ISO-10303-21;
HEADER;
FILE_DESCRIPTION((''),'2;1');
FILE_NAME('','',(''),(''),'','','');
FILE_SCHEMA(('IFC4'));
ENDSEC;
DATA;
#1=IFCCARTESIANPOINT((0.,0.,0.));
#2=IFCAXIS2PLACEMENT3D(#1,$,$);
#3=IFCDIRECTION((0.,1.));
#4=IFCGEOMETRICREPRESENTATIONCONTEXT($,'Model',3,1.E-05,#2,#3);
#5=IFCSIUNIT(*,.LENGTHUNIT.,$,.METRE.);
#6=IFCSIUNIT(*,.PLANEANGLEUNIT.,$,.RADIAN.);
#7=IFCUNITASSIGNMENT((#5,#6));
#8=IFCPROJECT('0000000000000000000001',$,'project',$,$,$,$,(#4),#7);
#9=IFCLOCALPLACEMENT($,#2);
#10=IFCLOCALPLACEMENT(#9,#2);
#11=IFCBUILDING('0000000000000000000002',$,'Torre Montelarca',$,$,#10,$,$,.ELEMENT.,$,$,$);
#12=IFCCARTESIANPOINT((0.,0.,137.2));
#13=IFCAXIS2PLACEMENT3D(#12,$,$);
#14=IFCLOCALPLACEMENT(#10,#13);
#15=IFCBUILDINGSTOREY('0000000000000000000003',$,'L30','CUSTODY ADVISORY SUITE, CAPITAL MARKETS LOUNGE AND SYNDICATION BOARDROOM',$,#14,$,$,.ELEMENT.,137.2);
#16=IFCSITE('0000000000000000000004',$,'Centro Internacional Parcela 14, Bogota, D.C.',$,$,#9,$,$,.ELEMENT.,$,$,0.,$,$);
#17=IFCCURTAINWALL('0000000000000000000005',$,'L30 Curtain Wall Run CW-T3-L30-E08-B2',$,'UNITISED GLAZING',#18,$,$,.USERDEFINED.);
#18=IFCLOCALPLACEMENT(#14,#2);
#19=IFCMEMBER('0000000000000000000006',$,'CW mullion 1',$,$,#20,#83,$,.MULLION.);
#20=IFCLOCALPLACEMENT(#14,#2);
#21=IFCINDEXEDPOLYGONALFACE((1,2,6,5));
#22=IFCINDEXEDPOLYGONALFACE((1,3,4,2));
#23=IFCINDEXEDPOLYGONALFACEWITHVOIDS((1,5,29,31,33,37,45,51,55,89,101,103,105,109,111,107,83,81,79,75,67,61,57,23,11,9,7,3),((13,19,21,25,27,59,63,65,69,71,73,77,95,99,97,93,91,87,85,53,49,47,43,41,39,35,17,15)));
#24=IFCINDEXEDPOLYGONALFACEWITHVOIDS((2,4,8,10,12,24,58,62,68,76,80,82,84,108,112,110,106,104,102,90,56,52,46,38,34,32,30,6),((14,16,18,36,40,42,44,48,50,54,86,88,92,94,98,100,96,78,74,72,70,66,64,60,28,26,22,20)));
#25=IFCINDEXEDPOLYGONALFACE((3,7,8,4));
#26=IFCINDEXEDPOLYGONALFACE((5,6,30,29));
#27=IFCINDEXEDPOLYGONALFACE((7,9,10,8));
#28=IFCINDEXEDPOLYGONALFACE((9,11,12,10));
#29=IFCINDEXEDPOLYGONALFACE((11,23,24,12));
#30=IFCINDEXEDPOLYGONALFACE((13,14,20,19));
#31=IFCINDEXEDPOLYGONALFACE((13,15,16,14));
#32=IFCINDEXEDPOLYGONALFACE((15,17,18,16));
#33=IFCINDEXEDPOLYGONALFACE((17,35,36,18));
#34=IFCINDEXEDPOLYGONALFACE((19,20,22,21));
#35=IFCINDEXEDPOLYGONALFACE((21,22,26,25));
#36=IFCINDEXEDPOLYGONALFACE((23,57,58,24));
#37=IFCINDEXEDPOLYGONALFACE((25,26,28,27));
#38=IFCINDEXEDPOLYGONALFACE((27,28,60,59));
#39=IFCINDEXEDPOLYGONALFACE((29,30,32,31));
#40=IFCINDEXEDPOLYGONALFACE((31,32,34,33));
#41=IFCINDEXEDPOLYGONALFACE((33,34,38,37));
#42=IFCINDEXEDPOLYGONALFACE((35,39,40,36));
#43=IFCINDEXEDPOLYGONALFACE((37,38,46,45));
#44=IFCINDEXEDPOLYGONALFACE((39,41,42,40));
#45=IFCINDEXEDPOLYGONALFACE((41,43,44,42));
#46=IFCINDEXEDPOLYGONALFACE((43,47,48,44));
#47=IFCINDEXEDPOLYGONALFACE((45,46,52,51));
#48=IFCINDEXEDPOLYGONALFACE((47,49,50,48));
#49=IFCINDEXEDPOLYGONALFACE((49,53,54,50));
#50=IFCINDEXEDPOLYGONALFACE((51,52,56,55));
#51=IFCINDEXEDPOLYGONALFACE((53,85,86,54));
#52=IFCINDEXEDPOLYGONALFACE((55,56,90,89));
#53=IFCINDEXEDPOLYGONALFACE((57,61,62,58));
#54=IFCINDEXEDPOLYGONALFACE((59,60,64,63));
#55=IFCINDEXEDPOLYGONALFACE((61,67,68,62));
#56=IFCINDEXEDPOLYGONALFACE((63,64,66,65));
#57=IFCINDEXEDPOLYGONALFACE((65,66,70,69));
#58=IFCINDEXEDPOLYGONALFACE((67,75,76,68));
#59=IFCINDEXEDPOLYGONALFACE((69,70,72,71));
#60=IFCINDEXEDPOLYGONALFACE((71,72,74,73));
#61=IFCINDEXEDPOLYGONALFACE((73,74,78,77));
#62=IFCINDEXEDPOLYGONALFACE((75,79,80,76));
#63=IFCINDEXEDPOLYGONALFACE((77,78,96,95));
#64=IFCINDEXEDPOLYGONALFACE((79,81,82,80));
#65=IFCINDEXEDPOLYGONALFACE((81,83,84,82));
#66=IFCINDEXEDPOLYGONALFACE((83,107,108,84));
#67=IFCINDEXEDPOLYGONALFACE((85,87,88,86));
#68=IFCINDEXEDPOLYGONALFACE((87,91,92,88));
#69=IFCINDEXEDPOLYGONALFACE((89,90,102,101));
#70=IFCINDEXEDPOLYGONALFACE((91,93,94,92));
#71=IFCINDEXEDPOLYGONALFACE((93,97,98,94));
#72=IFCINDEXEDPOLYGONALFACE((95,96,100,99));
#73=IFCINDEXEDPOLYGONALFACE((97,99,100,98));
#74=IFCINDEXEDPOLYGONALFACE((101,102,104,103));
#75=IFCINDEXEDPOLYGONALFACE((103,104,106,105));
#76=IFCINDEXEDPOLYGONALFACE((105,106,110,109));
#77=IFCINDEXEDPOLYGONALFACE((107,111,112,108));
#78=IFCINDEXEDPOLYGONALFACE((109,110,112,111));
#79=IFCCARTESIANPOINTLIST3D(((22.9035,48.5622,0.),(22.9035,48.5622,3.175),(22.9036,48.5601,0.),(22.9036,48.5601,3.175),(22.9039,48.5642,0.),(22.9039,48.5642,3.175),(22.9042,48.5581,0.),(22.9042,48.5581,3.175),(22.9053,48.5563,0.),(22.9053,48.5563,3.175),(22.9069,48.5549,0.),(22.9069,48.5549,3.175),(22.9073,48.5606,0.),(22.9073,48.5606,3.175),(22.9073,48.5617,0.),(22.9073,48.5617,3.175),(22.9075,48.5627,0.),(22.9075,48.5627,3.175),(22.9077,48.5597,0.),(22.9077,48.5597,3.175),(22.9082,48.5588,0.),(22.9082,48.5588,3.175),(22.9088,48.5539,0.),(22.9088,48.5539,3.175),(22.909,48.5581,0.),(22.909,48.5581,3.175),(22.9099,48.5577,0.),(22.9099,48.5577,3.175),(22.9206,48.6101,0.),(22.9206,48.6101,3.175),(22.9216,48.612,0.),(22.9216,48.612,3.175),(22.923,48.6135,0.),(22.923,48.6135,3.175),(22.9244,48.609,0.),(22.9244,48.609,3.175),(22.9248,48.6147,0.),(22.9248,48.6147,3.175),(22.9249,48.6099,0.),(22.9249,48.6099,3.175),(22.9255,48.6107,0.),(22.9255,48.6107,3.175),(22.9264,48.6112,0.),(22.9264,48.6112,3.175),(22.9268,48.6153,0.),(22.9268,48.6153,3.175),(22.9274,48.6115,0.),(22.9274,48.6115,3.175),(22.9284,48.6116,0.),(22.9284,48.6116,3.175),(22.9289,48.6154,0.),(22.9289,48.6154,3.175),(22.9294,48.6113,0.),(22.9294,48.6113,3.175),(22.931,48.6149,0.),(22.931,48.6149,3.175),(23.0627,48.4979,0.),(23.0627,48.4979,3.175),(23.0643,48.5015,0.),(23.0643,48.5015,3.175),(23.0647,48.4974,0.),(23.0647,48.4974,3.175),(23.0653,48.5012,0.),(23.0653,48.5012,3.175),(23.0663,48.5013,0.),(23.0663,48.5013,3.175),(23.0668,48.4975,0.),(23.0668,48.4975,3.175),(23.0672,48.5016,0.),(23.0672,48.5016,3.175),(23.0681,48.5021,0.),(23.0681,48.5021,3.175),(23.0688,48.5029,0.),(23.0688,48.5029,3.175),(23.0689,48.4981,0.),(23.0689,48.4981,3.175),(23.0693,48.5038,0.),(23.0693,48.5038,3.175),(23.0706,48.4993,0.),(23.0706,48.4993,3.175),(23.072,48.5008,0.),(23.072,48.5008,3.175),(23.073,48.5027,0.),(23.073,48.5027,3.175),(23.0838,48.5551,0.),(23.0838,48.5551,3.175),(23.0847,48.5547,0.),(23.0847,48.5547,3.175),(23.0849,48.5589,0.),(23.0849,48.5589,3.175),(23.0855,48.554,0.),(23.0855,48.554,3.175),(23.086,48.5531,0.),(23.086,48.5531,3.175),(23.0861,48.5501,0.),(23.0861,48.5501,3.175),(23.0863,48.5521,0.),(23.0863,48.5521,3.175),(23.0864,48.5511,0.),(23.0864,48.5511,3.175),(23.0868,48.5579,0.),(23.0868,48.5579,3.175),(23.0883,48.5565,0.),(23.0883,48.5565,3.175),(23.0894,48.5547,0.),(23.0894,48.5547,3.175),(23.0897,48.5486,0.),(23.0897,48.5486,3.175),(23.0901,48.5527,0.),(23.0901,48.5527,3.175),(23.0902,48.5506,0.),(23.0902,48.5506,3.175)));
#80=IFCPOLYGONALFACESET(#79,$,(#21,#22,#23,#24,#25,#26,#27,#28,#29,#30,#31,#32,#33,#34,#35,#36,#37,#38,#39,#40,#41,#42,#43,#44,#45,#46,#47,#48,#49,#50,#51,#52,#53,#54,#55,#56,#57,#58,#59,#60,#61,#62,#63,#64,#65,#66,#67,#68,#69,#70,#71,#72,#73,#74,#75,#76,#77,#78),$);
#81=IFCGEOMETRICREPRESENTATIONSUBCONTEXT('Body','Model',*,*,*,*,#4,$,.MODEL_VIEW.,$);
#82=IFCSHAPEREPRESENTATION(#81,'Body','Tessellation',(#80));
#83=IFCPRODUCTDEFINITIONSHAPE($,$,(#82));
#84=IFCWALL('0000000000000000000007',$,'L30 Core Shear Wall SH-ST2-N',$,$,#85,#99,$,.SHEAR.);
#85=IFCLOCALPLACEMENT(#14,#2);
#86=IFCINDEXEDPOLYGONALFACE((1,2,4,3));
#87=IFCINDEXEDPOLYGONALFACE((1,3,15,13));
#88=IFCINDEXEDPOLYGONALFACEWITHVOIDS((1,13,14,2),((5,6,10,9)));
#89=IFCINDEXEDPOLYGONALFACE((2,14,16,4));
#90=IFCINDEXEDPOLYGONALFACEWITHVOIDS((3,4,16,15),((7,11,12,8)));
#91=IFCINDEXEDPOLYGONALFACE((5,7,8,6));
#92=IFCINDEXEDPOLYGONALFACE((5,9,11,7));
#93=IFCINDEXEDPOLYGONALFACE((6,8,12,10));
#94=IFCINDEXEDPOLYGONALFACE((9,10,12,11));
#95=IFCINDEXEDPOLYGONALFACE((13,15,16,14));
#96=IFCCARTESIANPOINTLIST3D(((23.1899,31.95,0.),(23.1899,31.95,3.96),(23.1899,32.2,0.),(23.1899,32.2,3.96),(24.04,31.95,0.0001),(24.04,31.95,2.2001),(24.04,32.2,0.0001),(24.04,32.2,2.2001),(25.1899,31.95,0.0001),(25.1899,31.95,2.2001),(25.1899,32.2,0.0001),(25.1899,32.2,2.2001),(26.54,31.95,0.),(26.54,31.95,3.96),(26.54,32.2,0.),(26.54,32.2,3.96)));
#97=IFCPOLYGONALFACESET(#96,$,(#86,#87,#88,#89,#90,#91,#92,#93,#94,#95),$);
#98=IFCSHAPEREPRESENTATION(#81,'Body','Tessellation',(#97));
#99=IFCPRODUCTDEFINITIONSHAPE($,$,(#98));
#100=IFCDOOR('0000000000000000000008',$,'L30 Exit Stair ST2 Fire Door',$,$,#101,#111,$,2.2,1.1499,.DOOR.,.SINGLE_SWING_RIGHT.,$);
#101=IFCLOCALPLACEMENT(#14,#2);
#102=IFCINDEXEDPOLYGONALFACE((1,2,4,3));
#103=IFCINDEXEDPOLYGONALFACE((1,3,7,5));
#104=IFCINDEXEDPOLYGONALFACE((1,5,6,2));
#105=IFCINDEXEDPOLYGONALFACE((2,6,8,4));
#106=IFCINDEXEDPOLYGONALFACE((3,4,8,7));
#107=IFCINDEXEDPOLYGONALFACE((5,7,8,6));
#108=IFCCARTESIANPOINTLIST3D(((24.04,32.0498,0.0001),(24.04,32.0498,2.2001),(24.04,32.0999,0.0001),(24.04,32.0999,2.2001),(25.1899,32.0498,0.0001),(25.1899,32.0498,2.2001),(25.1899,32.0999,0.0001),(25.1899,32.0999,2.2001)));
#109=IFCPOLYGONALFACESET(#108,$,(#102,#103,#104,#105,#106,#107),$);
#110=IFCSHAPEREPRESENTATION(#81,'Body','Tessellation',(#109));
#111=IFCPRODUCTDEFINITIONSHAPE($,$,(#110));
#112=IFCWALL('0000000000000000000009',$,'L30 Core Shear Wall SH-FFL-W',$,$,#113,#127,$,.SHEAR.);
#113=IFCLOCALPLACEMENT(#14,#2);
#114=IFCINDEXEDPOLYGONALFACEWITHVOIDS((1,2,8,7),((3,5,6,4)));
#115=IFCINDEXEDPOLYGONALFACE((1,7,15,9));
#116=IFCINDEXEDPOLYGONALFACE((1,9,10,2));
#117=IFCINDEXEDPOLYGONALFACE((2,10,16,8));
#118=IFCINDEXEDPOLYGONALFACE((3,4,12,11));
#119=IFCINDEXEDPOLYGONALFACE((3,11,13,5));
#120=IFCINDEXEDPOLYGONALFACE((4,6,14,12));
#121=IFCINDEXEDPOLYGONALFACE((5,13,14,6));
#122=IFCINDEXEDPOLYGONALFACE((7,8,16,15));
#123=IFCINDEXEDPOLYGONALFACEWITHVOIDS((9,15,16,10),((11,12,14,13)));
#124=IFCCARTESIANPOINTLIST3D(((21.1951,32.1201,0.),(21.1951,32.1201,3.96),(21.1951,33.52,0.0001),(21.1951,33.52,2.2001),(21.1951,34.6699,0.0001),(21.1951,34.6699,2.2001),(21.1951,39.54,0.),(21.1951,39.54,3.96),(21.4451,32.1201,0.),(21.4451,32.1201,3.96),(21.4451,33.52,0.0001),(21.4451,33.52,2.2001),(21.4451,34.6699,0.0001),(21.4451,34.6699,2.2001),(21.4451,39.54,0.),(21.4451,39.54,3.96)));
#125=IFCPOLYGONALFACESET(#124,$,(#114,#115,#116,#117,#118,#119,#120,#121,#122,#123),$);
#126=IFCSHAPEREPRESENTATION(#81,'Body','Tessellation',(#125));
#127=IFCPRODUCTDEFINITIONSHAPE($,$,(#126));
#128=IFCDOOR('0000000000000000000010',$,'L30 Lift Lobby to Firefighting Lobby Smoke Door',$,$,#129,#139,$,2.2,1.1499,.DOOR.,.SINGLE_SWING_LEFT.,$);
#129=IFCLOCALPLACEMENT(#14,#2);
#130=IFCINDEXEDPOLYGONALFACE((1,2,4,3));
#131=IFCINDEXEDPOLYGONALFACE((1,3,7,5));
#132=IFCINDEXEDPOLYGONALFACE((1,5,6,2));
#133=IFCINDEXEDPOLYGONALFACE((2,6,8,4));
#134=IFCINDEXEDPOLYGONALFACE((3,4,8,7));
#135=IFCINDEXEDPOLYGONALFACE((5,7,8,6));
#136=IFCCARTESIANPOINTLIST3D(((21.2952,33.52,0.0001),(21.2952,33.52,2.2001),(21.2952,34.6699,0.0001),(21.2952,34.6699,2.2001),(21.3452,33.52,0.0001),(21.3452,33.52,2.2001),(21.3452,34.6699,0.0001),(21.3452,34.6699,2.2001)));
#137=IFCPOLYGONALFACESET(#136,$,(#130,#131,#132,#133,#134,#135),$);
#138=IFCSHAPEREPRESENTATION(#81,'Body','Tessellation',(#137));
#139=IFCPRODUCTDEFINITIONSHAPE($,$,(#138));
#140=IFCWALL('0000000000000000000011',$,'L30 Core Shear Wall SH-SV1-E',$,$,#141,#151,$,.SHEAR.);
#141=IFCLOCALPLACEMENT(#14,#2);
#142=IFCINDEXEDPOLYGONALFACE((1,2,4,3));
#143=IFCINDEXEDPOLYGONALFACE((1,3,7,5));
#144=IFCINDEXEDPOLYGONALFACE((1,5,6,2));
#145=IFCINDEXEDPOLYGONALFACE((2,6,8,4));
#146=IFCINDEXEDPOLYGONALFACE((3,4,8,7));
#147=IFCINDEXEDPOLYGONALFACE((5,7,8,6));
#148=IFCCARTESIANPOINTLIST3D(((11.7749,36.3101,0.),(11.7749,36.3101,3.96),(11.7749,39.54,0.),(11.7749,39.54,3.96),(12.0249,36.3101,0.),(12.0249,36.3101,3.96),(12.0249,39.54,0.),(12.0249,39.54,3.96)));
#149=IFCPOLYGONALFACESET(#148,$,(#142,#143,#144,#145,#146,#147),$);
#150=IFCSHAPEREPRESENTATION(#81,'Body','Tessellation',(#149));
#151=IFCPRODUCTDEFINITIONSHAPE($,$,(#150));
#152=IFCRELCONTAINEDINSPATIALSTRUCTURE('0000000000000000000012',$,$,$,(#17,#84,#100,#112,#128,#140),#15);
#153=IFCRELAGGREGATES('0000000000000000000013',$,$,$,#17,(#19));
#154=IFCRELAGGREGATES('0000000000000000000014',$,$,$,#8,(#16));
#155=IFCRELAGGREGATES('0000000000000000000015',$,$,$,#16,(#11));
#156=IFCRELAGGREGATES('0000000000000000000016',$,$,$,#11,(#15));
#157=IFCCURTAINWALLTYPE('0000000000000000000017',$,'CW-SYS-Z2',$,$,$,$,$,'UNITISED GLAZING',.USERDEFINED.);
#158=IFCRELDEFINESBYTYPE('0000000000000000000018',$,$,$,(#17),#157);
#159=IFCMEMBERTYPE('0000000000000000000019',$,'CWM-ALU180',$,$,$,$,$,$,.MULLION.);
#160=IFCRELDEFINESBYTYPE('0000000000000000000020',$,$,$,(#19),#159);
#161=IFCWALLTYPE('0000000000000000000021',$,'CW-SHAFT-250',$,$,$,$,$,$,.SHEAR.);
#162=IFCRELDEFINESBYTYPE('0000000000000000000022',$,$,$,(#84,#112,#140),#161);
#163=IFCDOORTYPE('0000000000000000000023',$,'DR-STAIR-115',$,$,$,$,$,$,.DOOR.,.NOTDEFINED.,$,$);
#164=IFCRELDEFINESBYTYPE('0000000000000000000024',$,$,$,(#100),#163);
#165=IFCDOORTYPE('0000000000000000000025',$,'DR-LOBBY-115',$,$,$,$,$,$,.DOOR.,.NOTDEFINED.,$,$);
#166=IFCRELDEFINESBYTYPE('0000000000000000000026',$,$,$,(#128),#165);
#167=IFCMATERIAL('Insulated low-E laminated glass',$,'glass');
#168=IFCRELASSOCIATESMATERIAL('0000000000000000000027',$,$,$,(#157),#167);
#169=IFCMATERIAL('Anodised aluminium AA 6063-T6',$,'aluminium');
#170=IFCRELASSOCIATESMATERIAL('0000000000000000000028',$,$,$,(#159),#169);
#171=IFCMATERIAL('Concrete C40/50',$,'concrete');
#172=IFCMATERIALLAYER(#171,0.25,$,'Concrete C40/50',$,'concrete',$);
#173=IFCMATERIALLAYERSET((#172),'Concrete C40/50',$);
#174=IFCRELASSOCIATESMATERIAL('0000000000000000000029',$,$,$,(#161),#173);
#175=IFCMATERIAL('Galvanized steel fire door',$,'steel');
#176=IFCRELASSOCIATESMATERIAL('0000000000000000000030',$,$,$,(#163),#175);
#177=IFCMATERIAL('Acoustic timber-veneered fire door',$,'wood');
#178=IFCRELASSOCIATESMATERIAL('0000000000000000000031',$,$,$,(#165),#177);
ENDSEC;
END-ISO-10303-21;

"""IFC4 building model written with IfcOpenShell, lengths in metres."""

from ifc_helpers import new_model, si_unit, direction, frame, frame_2d, origin, origin_2d, place, context, subcontext, project, spatial, rectangle, hollow_rectangle, extrude, source, transform, mapped, material, layer, layer_set, material_profile, profile_set, type_object, element, fill, aggregate, save


model = new_model("IFC4")

# Units and contexts
model_context = context("Model", 3, precision=1e-05, world=origin(), true_north=direction((0.0, 1.0)))
body_context = subcontext(model_context, "Body", "Model", "MODEL_VIEW")
ifc_project = project(units=[si_unit("LENGTHUNIT", "METRE"), si_unit("PLANEANGLEUNIT", "RADIAN")], contexts=[model_context])

# Site, building, storey
site_placement = place(None, origin())
site = spatial("IfcSite", under=ifc_project, at=site_placement, Name="Centro Internacional Parcela 14, Bogota, D.C.", CompositionType="ELEMENT", RefElevation=0.0)
building_placement = place(site_placement, origin())
building = spatial("IfcBuilding", under=site, at=building_placement, Name="Torre Montelarca", CompositionType="ELEMENT")
storey_placement = place(building_placement, frame((0.0, 0.0, 137.2)))
storey = spatial("IfcBuildingStorey", under=building, at=storey_placement, Name="L30", Description="CUSTODY ADVISORY SUITE, CAPITAL MARKETS LOUNGE AND SYNDICATION BOARDROOM", CompositionType="ELEMENT", Elevation=137.2)

# Curtain wall, member
ifc_material_1 = material(Name="Insulated low-E laminated glass", Category="glass")
curtain_wall_type = type_object("IfcCurtainWallType", Name="CW-SYS-Z2", ElementType="UNITISED GLAZING", PredefinedType="USERDEFINED", material=ifc_material_1)
curtain_wall_placement = place(storey_placement, origin())
curtain_wall = element("IfcCurtainWall", 1, at=curtain_wall_placement, inside=storey, type_object=curtain_wall_type, Name="L30 Curtain Wall Run CW-T3-L30-E08-B2", ObjectType="UNITISED GLAZING", PredefinedType="USERDEFINED")
ifc_material_2 = material(Name="Anodised aluminium AA 6063-T6", Category="aluminium")
ifc_material_profile = material_profile(ifc_material_2, hollow_rectangle(XDim=0.0649, YDim=0.1799, WallThickness=0.0039, InnerFilletRadius=0.0039, OuterFilletRadius=0.0081, at=origin_2d()), Name="ALU65X180X4", Category="aluminium")
ifc_profile_set = profile_set([ifc_material_profile], Name="Anodised aluminium AA 6063-T6")
member_type = type_object("IfcMemberType", Name="CWM-ALU180", PredefinedType="MULLION", material=ifc_profile_set)
shared_shape_1 = source(origin(), body_context, "Body", "SweptSolid", [
    extrude(hollow_rectangle(XDim=0.0649, YDim=0.1799, WallThickness=0.0039, InnerFilletRadius=0.0039, OuterFilletRadius=0.0081, at=origin_2d()), origin(), (0.0, 0.0, 1.0), 3.175),
])
member_placement = place(storey_placement, frame((22.9968, 48.5564, 0.0), z_axis=(0.0, 0.0, 1.0), x_axis=(-0.342016, -0.939694, 0.0)))
member = element("IfcMember", 2, at=member_placement, type_object=member_type, Name="CW mullion 1", PredefinedType="MULLION", context=body_context, shape_type="MappedRepresentation", body=[
    mapped(shared_shape_1, transform((0.0, 0.0, 0.0), scale=1.0)),
])
aggregate(curtain_wall, [member])

# Walls, openings, doors
ifc_material_3 = material(Name="Concrete C40/50", Category="concrete")
ifc_layer_1 = layer(ifc_material_3, 0.25, Name="Concrete C40/50", Category="concrete")
ifc_layer_set_1 = layer_set([ifc_layer_1], Name="Concrete C40/50")
wall_type_1 = type_object("IfcWallType", Name="CW-SHAFT-250", PredefinedType="SHEAR", material=ifc_layer_set_1)
wall_1_placement = place(storey_placement, frame((23.1899, 32.075, 0.0), z_axis=(0.0, 0.0, 1.0), x_axis=(1.0, 0.0, 0.0)))
wall_1 = element("IfcWall", 3, at=wall_1_placement, inside=storey, type_object=wall_type_1, Name="L30 Core Shear Wall SH-ST2-N", PredefinedType="SHEAR", context=body_context, shape_type="SweptSolid", body=[
    extrude(rectangle(XDim=3.3501, YDim=0.25, at=frame_2d((1.675, 0.0))), origin(), (0.0, 0.0, 1.0), 3.96),
])
opening_1_placement = place(wall_1_placement, frame((0.8501, 0.0, 0.0)))
opening_1 = element("IfcOpeningElement", 4, at=opening_1_placement, cuts=wall_1, PredefinedType="OPENING", context=body_context, shape_type="SweptSolid", body=[
    extrude(rectangle(XDim=1.1499, YDim=2.2, at=frame_2d((0.575, 1.1001))), frame((0.0, 0.135, 0.0), z_axis=(0.0, -1.0, 0.0), x_axis=(1.0, 0.0, 0.0)), (0.0, 0.0, 1.0), 0.27),
])
ifc_material_4 = material(Name="Galvanized steel fire door", Category="steel")
door_type_1 = type_object("IfcDoorType", Name="DR-STAIR-115", OperationType="NOTDEFINED", PredefinedType="DOOR", material=ifc_material_4)
shared_shape_2 = source(origin(), body_context, "Body", "SweptSolid", [
    extrude(rectangle(XDim=1.1499, YDim=2.2, at=frame_2d((0.575, 1.1001))), frame((0.0, 0.0249, 0.0), z_axis=(0.0, -1.0, 0.0), x_axis=(1.0, 0.0, 0.0)), (0.0, 0.0, 1.0), 0.05),
])
door_1_placement = place(opening_1_placement, origin())
door_1 = element("IfcDoor", 5, at=door_1_placement, inside=storey, type_object=door_type_1, Name="L30 Exit Stair ST2 Fire Door", OperationType="SINGLE_SWING_RIGHT", OverallHeight=2.2, OverallWidth=1.1499, PredefinedType="DOOR", context=body_context, shape_type="MappedRepresentation", body=[
    mapped(shared_shape_2, transform((0.0, 0.0, 0.0), scale=1.0)),
])
fill(opening_1, door_1)
wall_2_placement = place(storey_placement, frame((21.3201, 32.1201, 0.0), z_axis=(0.0, 0.0, 1.0), x_axis=(0.0, 1.0, 0.0)))
wall_2 = element("IfcWall", 6, at=wall_2_placement, inside=storey, type_object=wall_type_1, Name="L30 Core Shear Wall SH-FFL-W", PredefinedType="SHEAR", context=body_context, shape_type="SweptSolid", body=[
    extrude(rectangle(XDim=7.4199, YDim=0.25, at=frame_2d((3.71, 0.0))), origin(), (0.0, 0.0, 1.0), 3.96),
])
opening_2_placement = place(wall_2_placement, frame((1.3999, 0.0, 0.0)))
opening_2 = element("IfcOpeningElement", 7, at=opening_2_placement, cuts=wall_2, PredefinedType="OPENING", context=body_context, shape_type="SweptSolid", body=[
    extrude(rectangle(XDim=1.1499, YDim=2.2, at=frame_2d((0.575, 1.1001))), frame((0.0, 0.135, 0.0), z_axis=(0.0, -1.0, 0.0), x_axis=(1.0, 0.0, 0.0)), (0.0, 0.0, 1.0), 0.27),
])
ifc_material_5 = material(Name="Acoustic timber-veneered fire door", Category="wood")
door_type_2 = type_object("IfcDoorType", Name="DR-LOBBY-115", OperationType="NOTDEFINED", PredefinedType="DOOR", material=ifc_material_5)
shared_shape_3 = source(origin(), body_context, "Body", "SweptSolid", [
    extrude(rectangle(XDim=1.1499, YDim=2.2, at=frame_2d((0.575, 1.1001))), frame((0.0, 0.0249, 0.0), z_axis=(0.0, -1.0, 0.0), x_axis=(1.0, 0.0, 0.0)), (0.0, 0.0, 1.0), 0.05),
])
door_2_placement = place(opening_2_placement, origin())
door_2 = element("IfcDoor", 8, at=door_2_placement, inside=storey, type_object=door_type_2, Name="L30 Lift Lobby to Firefighting Lobby Smoke Door", OperationType="SINGLE_SWING_LEFT", OverallHeight=2.2, OverallWidth=1.1499, PredefinedType="DOOR", context=body_context, shape_type="MappedRepresentation", body=[
    mapped(shared_shape_3, transform((0.0, 0.0, 0.0), scale=1.0)),
])
fill(opening_2, door_2)

# Wall
wall_3_placement = place(storey_placement, frame((11.8999, 36.3101, 0.0), z_axis=(0.0, 0.0, 1.0), x_axis=(0.0, 1.0, 0.0)))
element("IfcWall", 9, at=wall_3_placement, inside=storey, type_object=wall_type_1, Name="L30 Core Shear Wall SH-SV1-E", PredefinedType="SHEAR", context=body_context, shape_type="SweptSolid", body=[
    extrude(rectangle(XDim=3.23, YDim=0.25, at=frame_2d((1.615, 0.0))), origin(), (0.0, 0.0, 1.0), 3.96),
])

save(model, "model.ifc")
